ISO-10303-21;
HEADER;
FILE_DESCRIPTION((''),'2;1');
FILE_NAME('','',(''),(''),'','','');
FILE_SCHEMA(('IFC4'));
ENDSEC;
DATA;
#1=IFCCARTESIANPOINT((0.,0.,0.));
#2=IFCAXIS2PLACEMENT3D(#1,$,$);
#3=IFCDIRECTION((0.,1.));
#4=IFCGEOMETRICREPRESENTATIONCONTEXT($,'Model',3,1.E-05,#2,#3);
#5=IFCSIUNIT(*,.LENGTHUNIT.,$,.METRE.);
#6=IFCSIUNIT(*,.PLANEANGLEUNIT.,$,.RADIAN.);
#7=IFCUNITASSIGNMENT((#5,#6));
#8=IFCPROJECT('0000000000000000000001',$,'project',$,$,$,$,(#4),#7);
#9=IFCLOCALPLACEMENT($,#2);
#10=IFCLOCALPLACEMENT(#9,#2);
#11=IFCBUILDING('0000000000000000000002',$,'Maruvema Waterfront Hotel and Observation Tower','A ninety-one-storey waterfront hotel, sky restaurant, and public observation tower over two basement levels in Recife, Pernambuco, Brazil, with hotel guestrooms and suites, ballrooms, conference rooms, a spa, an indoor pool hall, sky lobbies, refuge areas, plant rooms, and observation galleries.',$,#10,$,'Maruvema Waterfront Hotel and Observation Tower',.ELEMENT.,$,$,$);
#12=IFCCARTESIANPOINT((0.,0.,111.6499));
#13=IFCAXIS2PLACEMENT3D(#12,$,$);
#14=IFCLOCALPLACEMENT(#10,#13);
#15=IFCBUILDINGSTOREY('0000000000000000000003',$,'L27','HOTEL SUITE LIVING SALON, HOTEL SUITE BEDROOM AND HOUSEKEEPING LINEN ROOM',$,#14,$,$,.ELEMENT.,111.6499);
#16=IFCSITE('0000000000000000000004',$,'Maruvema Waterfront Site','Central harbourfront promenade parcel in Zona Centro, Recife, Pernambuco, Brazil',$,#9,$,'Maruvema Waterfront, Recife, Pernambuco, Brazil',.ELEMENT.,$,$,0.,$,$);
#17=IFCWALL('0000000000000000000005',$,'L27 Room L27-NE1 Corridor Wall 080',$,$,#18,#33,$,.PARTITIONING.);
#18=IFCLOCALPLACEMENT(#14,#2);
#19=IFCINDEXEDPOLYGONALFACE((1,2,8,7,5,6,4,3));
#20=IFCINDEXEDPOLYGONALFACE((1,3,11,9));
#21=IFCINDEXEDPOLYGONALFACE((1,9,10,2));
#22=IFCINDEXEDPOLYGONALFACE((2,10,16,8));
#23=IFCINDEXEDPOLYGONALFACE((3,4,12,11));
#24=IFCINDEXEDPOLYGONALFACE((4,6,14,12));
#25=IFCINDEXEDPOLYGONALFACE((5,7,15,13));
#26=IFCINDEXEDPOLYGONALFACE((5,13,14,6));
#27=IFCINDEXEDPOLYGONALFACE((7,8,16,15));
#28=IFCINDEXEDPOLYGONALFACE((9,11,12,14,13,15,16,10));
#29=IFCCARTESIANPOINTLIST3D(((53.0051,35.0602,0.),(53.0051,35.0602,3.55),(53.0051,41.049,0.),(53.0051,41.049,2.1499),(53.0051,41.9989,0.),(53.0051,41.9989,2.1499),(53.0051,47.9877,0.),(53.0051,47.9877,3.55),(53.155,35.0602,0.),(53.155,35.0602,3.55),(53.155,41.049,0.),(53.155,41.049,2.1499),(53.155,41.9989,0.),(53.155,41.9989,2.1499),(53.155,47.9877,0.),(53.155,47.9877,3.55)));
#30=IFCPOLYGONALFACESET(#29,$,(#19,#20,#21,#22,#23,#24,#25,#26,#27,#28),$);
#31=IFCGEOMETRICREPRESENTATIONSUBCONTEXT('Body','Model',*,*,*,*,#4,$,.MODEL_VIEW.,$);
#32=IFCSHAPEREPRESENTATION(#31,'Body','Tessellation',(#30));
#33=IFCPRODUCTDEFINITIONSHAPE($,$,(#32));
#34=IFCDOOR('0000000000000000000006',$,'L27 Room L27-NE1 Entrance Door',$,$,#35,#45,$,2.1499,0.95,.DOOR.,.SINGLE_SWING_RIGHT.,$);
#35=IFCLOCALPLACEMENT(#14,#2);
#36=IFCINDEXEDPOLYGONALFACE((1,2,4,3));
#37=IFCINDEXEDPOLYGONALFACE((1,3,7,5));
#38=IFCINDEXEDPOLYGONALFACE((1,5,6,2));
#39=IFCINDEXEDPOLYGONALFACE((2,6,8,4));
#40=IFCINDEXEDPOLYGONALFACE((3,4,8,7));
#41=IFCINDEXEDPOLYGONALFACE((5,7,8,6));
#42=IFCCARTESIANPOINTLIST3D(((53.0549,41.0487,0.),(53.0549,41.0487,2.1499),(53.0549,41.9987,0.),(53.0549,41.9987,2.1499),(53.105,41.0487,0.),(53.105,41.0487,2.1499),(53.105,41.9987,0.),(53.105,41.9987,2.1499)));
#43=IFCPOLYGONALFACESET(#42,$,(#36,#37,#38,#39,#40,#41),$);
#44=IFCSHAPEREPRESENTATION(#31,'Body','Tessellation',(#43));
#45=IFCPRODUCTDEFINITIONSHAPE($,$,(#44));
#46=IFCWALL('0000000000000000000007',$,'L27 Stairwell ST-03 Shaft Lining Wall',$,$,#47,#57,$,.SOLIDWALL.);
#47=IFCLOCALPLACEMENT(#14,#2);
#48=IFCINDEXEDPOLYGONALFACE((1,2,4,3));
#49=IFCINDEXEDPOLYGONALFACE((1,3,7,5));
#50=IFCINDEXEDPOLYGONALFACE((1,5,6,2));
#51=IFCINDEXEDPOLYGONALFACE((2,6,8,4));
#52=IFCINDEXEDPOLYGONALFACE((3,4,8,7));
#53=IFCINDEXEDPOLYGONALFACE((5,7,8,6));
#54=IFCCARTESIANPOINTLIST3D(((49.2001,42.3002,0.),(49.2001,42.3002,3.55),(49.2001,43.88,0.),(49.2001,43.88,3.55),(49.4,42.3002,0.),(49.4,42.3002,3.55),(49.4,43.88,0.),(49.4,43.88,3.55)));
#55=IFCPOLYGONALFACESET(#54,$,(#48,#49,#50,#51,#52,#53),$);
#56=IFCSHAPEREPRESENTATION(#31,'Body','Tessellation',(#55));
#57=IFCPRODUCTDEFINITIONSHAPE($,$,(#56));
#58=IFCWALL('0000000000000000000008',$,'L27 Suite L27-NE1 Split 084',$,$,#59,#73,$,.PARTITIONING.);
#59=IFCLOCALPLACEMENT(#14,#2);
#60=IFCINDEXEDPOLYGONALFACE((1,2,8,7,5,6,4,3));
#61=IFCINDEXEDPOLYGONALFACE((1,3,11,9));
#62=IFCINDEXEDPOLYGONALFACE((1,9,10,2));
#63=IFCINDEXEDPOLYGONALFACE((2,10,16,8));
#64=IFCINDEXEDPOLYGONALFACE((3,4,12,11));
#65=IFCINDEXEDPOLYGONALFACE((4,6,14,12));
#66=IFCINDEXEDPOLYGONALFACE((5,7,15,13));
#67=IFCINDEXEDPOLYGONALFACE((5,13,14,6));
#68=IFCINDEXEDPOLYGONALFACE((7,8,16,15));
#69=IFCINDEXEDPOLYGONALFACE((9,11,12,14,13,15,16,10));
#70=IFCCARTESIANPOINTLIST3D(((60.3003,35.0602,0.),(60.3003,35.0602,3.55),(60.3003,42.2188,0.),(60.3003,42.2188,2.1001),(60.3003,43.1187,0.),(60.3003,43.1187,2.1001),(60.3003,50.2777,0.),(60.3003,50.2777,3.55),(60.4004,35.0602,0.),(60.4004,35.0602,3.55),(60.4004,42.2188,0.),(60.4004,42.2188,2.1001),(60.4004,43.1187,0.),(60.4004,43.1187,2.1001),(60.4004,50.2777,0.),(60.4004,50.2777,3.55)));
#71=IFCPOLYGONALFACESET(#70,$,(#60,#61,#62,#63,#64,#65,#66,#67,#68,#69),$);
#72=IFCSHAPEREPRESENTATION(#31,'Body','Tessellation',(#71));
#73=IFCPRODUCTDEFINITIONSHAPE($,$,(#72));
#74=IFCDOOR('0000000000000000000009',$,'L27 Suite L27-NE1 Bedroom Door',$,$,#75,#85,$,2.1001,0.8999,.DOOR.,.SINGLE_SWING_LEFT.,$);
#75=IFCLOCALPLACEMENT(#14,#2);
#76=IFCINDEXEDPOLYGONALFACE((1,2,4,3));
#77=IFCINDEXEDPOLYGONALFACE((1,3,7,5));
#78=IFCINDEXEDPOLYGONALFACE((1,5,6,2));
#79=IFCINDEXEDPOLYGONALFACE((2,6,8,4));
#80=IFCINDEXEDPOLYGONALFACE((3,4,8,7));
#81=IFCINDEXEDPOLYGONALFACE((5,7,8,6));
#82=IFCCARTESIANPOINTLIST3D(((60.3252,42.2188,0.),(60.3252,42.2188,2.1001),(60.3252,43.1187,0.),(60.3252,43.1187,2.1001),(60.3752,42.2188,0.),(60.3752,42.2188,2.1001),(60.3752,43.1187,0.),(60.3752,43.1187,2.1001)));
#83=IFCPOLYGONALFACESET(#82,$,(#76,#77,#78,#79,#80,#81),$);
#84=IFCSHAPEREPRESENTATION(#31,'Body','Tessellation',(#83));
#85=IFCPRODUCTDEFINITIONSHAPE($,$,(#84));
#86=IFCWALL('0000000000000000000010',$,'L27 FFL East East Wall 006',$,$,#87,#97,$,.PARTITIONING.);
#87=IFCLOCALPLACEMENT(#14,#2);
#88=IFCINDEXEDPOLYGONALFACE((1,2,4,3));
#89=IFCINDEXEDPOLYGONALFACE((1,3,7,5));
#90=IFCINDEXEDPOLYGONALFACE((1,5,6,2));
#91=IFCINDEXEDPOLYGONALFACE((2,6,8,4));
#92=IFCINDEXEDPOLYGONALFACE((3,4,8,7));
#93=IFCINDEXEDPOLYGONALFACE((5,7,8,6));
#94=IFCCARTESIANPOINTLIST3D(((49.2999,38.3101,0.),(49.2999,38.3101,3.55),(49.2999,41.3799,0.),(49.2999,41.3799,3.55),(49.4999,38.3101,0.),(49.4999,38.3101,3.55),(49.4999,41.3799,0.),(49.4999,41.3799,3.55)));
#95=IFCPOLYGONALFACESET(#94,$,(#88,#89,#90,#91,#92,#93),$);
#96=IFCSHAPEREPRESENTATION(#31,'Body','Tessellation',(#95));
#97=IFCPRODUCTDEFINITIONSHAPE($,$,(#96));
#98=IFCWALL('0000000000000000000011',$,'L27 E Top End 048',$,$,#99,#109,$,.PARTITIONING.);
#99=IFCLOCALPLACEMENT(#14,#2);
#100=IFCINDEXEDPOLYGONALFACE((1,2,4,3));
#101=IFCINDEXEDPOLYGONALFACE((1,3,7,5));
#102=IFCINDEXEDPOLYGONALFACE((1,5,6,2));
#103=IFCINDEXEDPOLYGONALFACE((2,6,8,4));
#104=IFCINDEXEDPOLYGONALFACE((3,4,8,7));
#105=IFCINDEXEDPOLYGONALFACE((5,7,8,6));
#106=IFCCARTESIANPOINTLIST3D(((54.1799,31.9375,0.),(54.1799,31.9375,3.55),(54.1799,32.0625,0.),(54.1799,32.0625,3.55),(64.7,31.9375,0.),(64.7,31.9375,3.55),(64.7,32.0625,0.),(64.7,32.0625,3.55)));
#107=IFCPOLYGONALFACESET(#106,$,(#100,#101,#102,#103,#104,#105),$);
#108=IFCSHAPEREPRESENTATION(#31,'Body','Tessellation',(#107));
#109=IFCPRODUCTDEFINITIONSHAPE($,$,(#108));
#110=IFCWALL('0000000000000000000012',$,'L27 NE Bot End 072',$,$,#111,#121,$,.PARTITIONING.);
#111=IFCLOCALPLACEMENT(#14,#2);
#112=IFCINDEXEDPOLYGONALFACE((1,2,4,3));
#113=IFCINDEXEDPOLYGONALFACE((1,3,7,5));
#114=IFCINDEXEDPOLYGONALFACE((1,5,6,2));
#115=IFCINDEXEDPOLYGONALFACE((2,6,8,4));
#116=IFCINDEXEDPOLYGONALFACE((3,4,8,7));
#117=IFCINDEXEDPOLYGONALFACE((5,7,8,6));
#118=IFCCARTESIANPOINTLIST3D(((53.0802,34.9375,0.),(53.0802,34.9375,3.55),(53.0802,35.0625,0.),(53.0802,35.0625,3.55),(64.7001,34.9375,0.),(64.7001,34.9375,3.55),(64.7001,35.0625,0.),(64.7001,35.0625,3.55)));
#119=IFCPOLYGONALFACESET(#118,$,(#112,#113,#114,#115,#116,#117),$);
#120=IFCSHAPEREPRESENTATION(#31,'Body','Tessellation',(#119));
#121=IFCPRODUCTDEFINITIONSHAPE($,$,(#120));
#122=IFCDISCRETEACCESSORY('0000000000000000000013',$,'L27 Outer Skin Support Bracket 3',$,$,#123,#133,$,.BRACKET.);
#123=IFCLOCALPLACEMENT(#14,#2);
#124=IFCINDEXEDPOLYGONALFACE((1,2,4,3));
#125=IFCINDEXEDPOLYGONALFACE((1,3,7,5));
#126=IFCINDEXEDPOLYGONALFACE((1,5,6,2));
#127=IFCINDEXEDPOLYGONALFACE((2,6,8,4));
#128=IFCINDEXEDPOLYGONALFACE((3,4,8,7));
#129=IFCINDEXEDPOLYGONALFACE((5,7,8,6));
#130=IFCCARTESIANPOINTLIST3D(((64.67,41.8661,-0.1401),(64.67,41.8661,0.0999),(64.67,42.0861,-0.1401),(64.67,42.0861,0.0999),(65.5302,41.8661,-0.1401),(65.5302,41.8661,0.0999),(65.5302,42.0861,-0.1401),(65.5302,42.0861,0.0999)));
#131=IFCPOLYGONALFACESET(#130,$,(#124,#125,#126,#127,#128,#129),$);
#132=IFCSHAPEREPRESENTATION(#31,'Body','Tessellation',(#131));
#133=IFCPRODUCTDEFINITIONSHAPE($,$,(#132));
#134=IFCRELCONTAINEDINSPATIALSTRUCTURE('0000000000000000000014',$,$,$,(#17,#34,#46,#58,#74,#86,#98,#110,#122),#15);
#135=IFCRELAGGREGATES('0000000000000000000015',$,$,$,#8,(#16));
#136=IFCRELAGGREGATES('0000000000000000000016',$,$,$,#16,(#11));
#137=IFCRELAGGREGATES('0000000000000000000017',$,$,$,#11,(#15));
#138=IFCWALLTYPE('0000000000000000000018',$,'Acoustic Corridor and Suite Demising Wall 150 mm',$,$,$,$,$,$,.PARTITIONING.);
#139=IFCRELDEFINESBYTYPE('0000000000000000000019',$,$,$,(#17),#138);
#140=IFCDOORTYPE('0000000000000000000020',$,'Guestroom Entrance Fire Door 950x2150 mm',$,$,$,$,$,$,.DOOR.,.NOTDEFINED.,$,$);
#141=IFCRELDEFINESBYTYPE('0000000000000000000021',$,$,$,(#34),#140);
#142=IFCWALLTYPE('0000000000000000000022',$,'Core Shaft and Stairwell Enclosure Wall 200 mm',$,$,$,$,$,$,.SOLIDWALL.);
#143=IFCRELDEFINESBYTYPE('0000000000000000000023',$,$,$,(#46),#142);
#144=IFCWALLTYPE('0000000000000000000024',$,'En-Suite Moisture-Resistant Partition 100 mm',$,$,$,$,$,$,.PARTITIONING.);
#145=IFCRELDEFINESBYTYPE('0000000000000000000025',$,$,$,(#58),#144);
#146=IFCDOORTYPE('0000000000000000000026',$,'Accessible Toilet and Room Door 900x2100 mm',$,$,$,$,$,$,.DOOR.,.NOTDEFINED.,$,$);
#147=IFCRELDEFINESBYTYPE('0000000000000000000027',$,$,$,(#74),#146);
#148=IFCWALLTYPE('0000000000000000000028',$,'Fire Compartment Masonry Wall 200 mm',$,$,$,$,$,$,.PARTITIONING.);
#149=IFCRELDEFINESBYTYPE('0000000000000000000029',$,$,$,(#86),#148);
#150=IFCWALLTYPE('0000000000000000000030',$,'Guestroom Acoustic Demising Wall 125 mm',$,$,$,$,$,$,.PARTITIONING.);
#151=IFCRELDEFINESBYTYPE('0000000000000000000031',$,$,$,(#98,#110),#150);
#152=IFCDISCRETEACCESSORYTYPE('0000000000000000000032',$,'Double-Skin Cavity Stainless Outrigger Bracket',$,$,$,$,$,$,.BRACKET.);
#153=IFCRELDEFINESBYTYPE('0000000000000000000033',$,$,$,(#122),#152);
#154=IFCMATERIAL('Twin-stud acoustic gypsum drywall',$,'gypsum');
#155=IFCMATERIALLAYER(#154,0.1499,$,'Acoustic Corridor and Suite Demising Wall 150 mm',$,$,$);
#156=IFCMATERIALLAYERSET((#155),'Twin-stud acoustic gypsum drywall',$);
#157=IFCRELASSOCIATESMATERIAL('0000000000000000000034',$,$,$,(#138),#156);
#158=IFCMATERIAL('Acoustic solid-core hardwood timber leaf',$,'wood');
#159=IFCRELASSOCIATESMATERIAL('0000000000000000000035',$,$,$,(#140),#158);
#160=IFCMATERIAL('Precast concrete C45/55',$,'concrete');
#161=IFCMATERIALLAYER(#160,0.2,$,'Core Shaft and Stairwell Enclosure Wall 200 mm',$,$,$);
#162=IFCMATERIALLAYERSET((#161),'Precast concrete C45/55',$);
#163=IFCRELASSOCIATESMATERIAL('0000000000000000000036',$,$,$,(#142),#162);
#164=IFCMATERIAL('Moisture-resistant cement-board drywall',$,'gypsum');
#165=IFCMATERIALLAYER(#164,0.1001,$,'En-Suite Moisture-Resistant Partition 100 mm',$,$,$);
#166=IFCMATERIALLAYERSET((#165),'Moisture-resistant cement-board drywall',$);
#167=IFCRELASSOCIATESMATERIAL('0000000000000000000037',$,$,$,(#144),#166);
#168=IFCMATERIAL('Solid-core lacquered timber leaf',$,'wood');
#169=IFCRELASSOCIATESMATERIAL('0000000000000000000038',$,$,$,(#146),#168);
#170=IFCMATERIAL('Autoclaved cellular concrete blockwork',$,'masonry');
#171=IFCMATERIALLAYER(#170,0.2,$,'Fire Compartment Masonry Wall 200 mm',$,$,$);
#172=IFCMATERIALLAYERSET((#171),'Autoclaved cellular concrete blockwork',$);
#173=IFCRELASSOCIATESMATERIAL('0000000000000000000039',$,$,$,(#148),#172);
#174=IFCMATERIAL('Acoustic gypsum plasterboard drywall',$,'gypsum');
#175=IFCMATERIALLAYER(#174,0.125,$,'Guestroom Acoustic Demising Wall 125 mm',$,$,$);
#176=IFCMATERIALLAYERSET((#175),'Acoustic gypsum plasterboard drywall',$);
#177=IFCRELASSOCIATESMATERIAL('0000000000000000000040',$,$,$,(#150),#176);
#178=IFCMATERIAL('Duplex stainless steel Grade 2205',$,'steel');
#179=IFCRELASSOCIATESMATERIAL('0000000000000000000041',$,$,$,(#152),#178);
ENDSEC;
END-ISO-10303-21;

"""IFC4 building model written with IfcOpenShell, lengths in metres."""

from ifc_helpers import new_model, si_unit, direction, frame, frame_2d, origin, origin_2d, place, context, subcontext, project, spatial, rectangle, extrude, material, layer, layer_set, type_object, element, fill, save


model = new_model("IFC4")

# Units and contexts
model_context = context("Model", 3, precision=1e-05, world=origin(), true_north=direction((0.0, 1.0)))
body_context = subcontext(model_context, "Body", "Model", "MODEL_VIEW")
ifc_project = project(units=[si_unit("LENGTHUNIT", "METRE"), si_unit("PLANEANGLEUNIT", "RADIAN")], contexts=[model_context])

# Site, building, storey
site_placement = place(None, origin())
site = spatial("IfcSite", under=ifc_project, at=site_placement, Name="Maruvema Waterfront Site", Description="Central harbourfront promenade parcel in Zona Centro, Recife, Pernambuco, Brazil", LongName="Maruvema Waterfront, Recife, Pernambuco, Brazil", CompositionType="ELEMENT", RefElevation=0.0)
building_placement = place(site_placement, origin())
building = spatial("IfcBuilding", under=site, at=building_placement, Name="Maruvema Waterfront Hotel and Observation Tower", Description="A ninety-one-storey waterfront hotel, sky restaurant, and public observation tower over two basement levels in Recife, Pernambuco, Brazil, with hotel guestrooms and suites, ballrooms, conference rooms, a spa, an indoor pool hall, sky lobbies, refuge areas, plant rooms, and observation galleries.", LongName="Maruvema Waterfront Hotel and Observation Tower", CompositionType="ELEMENT")
storey_placement = place(building_placement, frame((0.0, 0.0, 111.6499)))
storey = spatial("IfcBuildingStorey", under=building, at=storey_placement, Name="L27", Description="HOTEL SUITE LIVING SALON, HOTEL SUITE BEDROOM AND HOUSEKEEPING LINEN ROOM", CompositionType="ELEMENT", Elevation=111.6499)

# Wall, opening, door
ifc_material_1 = material(Name="Twin-stud acoustic gypsum drywall", Category="gypsum")
ifc_layer_1 = layer(ifc_material_1, 0.1499, Name="Acoustic Corridor and Suite Demising Wall 150 mm")
ifc_layer_set_1 = layer_set([ifc_layer_1], Name="Twin-stud acoustic gypsum drywall")
wall_type_1 = type_object("IfcWallType", Name="Acoustic Corridor and Suite Demising Wall 150 mm", PredefinedType="PARTITIONING", material=ifc_layer_set_1)
wall_1_placement = place(storey_placement, frame((53.0801, 35.0601, 0.0), z_axis=(0.0, 0.0, 1.0), x_axis=(0.0, 1.0, 0.0)))
wall_1 = element("IfcWall", 1, at=wall_1_placement, inside=storey, type_object=wall_type_1, Name="L27 Room L27-NE1 Corridor Wall 080", PredefinedType="PARTITIONING", context=body_context, shape_type="SweptSolid", body=[
    extrude(rectangle(XDim=12.9275, YDim=0.1499, at=frame_2d((6.4639, 0.0))), origin(), (0.0, 0.0, 1.0), 3.55),
])
opening_1_placement = place(wall_1_placement, frame((5.9888, 0.0, 0.0)))
opening_1 = element("IfcOpeningElement", 2, at=opening_1_placement, cuts=wall_1, PredefinedType="OPENING", context=body_context, shape_type="SweptSolid", body=[
    extrude(rectangle(XDim=0.95, YDim=2.1499, at=frame_2d((0.4751, 1.075))), frame((0.0, 0.085, 0.0), z_axis=(0.0, -1.0, 0.0), x_axis=(1.0, 0.0, 0.0)), (0.0, 0.0, 1.0), 0.1699),
])
ifc_material_2 = material(Name="Acoustic solid-core hardwood timber leaf", Category="wood")
door_type_1 = type_object("IfcDoorType", Name="Guestroom Entrance Fire Door 950x2150 mm", OperationType="NOTDEFINED", PredefinedType="DOOR", material=ifc_material_2)
door_1_placement = place(opening_1_placement, frame((0.95, 0.0, 0.0), z_axis=(0.0, 0.0, 1.0), x_axis=(-1.0, 0.0, 0.0)))
door_1 = element("IfcDoor", 3, at=door_1_placement, inside=storey, type_object=door_type_1, Name="L27 Room L27-NE1 Entrance Door", OperationType="SINGLE_SWING_RIGHT", OverallHeight=2.1499, OverallWidth=0.95, PredefinedType="DOOR", context=body_context, shape_type="SweptSolid", body=[
    extrude(rectangle(XDim=0.95, YDim=2.1499, at=frame_2d((0.4751, 1.075))), frame((0.0, 0.0249, 0.0), z_axis=(0.0, -1.0, 0.0), x_axis=(1.0, 0.0, 0.0)), (0.0, 0.0, 1.0), 0.05),
])
fill(opening_1, door_1)

# Wall
ifc_material_3 = material(Name="Precast concrete C45/55", Category="concrete")
ifc_layer_2 = layer(ifc_material_3, 0.2, Name="Core Shaft and Stairwell Enclosure Wall 200 mm")
ifc_layer_set_2 = layer_set([ifc_layer_2], Name="Precast concrete C45/55")
wall_type_2 = type_object("IfcWallType", Name="Core Shaft and Stairwell Enclosure Wall 200 mm", PredefinedType="SOLIDWALL", material=ifc_layer_set_2)
wall_2_placement = place(storey_placement, frame((49.3, 42.3, 0.0), z_axis=(0.0, 0.0, 1.0), x_axis=(0.0, 1.0, 0.0)))
element("IfcWall", 4, at=wall_2_placement, inside=storey, type_object=wall_type_2, Name="L27 Stairwell ST-03 Shaft Lining Wall", PredefinedType="SOLIDWALL", context=body_context, shape_type="SweptSolid", body=[
    extrude(rectangle(XDim=1.5798, YDim=0.2, at=frame_2d((0.79, 0.0))), origin(), (0.0, 0.0, 1.0), 3.55),
])

# Wall, opening, door
ifc_material_4 = material(Name="Moisture-resistant cement-board drywall", Category="gypsum")
ifc_layer_3 = layer(ifc_material_4, 0.1001, Name="En-Suite Moisture-Resistant Partition 100 mm")
ifc_layer_set_3 = layer_set([ifc_layer_3], Name="Moisture-resistant cement-board drywall")
wall_type_3 = type_object("IfcWallType", Name="En-Suite Moisture-Resistant Partition 100 mm", PredefinedType="PARTITIONING", material=ifc_layer_set_3)
wall_3_placement = place(storey_placement, frame((60.3503, 35.0601, 0.0), z_axis=(0.0, 0.0, 1.0), x_axis=(0.0, 1.0, 0.0)))
wall_3 = element("IfcWall", 5, at=wall_3_placement, inside=storey, type_object=wall_type_3, Name="L27 Suite L27-NE1 Split 084", PredefinedType="PARTITIONING", context=body_context, shape_type="SweptSolid", body=[
    extrude(rectangle(XDim=15.2175, YDim=0.1001, at=frame_2d((7.6089, 0.0))), origin(), (0.0, 0.0, 1.0), 3.55),
])
opening_2_placement = place(wall_3_placement, frame((7.1587, 0.0, 0.0)))
opening_2 = element("IfcOpeningElement", 6, at=opening_2_placement, cuts=wall_3, PredefinedType="OPENING", context=body_context, shape_type="SweptSolid", body=[
    extrude(rectangle(XDim=0.8999, YDim=2.1001, at=frame_2d((0.45, 1.05))), frame((0.0, 0.0601, 0.0), z_axis=(0.0, -1.0, 0.0), x_axis=(1.0, 0.0, 0.0)), (0.0, 0.0, 1.0), 0.1201),
])
ifc_material_5 = material(Name="Solid-core lacquered timber leaf", Category="wood")
door_type_2 = type_object("IfcDoorType", Name="Accessible Toilet and Room Door 900x2100 mm", OperationType="NOTDEFINED", PredefinedType="DOOR", material=ifc_material_5)
door_2_placement = place(opening_2_placement, frame((0.8999, 0.0, 0.0), z_axis=(0.0, 0.0, 1.0), x_axis=(-1.0, 0.0, 0.0)))
door_2 = element("IfcDoor", 7, at=door_2_placement, inside=storey, type_object=door_type_2, Name="L27 Suite L27-NE1 Bedroom Door", OperationType="SINGLE_SWING_LEFT", OverallHeight=2.1001, OverallWidth=0.8999, PredefinedType="DOOR", context=body_context, shape_type="SweptSolid", body=[
    extrude(rectangle(XDim=0.8999, YDim=2.1001, at=frame_2d((0.45, 1.05))), frame((0.0, 0.0249, 0.0), z_axis=(0.0, -1.0, 0.0), x_axis=(1.0, 0.0, 0.0)), (0.0, 0.0, 1.0), 0.05),
])
fill(opening_2, door_2)

# Walls
ifc_material_6 = material(Name="Autoclaved cellular concrete blockwork", Category="masonry")
ifc_layer_4 = layer(ifc_material_6, 0.2, Name="Fire Compartment Masonry Wall 200 mm")
ifc_layer_set_4 = layer_set([ifc_layer_4], Name="Autoclaved cellular concrete blockwork")
wall_type_4 = type_object("IfcWallType", Name="Fire Compartment Masonry Wall 200 mm", PredefinedType="PARTITIONING", material=ifc_layer_set_4)
wall_4_placement = place(storey_placement, frame((49.3999, 38.3101, 0.0), z_axis=(0.0, 0.0, 1.0), x_axis=(0.0, 1.0, 0.0)))
element("IfcWall", 8, at=wall_4_placement, inside=storey, type_object=wall_type_4, Name="L27 FFL East East Wall 006", PredefinedType="PARTITIONING", context=body_context, shape_type="SweptSolid", body=[
    extrude(rectangle(XDim=3.0698, YDim=0.2, at=frame_2d((1.5349, 0.0))), origin(), (0.0, 0.0, 1.0), 3.55),
])
ifc_material_7 = material(Name="Acoustic gypsum plasterboard drywall", Category="gypsum")
ifc_layer_5 = layer(ifc_material_7, 0.125, Name="Guestroom Acoustic Demising Wall 125 mm")
ifc_layer_set_5 = layer_set([ifc_layer_5], Name="Acoustic gypsum plasterboard drywall")
wall_type_5 = type_object("IfcWallType", Name="Guestroom Acoustic Demising Wall 125 mm", PredefinedType="PARTITIONING", material=ifc_layer_set_5)
wall_5_placement = place(storey_placement, frame((54.1799, 32.0, 0.0), z_axis=(0.0, 0.0, 1.0), x_axis=(1.0, 0.0, 0.0)))
element("IfcWall", 9, at=wall_5_placement, inside=storey, type_object=wall_type_5, Name="L27 E Top End 048", PredefinedType="PARTITIONING", context=body_context, shape_type="SweptSolid", body=[
    extrude(rectangle(XDim=10.52, YDim=0.125, at=frame_2d((5.26, 0.0))), origin(), (0.0, 0.0, 1.0), 3.55),
])
wall_6_placement = place(storey_placement, frame((53.0801, 35.0, 0.0), z_axis=(0.0, 0.0, 1.0), x_axis=(1.0, 0.0, 0.0)))
element("IfcWall", 10, at=wall_6_placement, inside=storey, type_object=wall_type_5, Name="L27 NE Bot End 072", PredefinedType="PARTITIONING", context=body_context, shape_type="SweptSolid", body=[
    extrude(rectangle(XDim=11.6199, YDim=0.125, at=frame_2d((5.8101, 0.0))), origin(), (0.0, 0.0, 1.0), 3.55),
])

# Discrete accessory
ifc_material_8 = material(Name="Duplex stainless steel Grade 2205", Category="steel")
discrete_accessory_type = type_object("IfcDiscreteAccessoryType", Name="Double-Skin Cavity Stainless Outrigger Bracket", PredefinedType="BRACKET", material=ifc_material_8)
discrete_accessory_placement = place(storey_placement, frame((65.1001, 41.9761, -0.1401), z_axis=(0.0, 0.0, 1.0), x_axis=(0.0, 1.0, 0.0)))
element("IfcDiscreteAccessory", 11, at=discrete_accessory_placement, inside=storey, type_object=discrete_accessory_type, Name="L27 Outer Skin Support Bracket 3", PredefinedType="BRACKET", context=body_context, shape_type="SweptSolid", body=[
    extrude(rectangle(XDim=0.22, YDim=0.8601, at=origin_2d()), origin(), (0.0, 0.0, 1.0), 0.24),
])

save(model, "model.ifc")
